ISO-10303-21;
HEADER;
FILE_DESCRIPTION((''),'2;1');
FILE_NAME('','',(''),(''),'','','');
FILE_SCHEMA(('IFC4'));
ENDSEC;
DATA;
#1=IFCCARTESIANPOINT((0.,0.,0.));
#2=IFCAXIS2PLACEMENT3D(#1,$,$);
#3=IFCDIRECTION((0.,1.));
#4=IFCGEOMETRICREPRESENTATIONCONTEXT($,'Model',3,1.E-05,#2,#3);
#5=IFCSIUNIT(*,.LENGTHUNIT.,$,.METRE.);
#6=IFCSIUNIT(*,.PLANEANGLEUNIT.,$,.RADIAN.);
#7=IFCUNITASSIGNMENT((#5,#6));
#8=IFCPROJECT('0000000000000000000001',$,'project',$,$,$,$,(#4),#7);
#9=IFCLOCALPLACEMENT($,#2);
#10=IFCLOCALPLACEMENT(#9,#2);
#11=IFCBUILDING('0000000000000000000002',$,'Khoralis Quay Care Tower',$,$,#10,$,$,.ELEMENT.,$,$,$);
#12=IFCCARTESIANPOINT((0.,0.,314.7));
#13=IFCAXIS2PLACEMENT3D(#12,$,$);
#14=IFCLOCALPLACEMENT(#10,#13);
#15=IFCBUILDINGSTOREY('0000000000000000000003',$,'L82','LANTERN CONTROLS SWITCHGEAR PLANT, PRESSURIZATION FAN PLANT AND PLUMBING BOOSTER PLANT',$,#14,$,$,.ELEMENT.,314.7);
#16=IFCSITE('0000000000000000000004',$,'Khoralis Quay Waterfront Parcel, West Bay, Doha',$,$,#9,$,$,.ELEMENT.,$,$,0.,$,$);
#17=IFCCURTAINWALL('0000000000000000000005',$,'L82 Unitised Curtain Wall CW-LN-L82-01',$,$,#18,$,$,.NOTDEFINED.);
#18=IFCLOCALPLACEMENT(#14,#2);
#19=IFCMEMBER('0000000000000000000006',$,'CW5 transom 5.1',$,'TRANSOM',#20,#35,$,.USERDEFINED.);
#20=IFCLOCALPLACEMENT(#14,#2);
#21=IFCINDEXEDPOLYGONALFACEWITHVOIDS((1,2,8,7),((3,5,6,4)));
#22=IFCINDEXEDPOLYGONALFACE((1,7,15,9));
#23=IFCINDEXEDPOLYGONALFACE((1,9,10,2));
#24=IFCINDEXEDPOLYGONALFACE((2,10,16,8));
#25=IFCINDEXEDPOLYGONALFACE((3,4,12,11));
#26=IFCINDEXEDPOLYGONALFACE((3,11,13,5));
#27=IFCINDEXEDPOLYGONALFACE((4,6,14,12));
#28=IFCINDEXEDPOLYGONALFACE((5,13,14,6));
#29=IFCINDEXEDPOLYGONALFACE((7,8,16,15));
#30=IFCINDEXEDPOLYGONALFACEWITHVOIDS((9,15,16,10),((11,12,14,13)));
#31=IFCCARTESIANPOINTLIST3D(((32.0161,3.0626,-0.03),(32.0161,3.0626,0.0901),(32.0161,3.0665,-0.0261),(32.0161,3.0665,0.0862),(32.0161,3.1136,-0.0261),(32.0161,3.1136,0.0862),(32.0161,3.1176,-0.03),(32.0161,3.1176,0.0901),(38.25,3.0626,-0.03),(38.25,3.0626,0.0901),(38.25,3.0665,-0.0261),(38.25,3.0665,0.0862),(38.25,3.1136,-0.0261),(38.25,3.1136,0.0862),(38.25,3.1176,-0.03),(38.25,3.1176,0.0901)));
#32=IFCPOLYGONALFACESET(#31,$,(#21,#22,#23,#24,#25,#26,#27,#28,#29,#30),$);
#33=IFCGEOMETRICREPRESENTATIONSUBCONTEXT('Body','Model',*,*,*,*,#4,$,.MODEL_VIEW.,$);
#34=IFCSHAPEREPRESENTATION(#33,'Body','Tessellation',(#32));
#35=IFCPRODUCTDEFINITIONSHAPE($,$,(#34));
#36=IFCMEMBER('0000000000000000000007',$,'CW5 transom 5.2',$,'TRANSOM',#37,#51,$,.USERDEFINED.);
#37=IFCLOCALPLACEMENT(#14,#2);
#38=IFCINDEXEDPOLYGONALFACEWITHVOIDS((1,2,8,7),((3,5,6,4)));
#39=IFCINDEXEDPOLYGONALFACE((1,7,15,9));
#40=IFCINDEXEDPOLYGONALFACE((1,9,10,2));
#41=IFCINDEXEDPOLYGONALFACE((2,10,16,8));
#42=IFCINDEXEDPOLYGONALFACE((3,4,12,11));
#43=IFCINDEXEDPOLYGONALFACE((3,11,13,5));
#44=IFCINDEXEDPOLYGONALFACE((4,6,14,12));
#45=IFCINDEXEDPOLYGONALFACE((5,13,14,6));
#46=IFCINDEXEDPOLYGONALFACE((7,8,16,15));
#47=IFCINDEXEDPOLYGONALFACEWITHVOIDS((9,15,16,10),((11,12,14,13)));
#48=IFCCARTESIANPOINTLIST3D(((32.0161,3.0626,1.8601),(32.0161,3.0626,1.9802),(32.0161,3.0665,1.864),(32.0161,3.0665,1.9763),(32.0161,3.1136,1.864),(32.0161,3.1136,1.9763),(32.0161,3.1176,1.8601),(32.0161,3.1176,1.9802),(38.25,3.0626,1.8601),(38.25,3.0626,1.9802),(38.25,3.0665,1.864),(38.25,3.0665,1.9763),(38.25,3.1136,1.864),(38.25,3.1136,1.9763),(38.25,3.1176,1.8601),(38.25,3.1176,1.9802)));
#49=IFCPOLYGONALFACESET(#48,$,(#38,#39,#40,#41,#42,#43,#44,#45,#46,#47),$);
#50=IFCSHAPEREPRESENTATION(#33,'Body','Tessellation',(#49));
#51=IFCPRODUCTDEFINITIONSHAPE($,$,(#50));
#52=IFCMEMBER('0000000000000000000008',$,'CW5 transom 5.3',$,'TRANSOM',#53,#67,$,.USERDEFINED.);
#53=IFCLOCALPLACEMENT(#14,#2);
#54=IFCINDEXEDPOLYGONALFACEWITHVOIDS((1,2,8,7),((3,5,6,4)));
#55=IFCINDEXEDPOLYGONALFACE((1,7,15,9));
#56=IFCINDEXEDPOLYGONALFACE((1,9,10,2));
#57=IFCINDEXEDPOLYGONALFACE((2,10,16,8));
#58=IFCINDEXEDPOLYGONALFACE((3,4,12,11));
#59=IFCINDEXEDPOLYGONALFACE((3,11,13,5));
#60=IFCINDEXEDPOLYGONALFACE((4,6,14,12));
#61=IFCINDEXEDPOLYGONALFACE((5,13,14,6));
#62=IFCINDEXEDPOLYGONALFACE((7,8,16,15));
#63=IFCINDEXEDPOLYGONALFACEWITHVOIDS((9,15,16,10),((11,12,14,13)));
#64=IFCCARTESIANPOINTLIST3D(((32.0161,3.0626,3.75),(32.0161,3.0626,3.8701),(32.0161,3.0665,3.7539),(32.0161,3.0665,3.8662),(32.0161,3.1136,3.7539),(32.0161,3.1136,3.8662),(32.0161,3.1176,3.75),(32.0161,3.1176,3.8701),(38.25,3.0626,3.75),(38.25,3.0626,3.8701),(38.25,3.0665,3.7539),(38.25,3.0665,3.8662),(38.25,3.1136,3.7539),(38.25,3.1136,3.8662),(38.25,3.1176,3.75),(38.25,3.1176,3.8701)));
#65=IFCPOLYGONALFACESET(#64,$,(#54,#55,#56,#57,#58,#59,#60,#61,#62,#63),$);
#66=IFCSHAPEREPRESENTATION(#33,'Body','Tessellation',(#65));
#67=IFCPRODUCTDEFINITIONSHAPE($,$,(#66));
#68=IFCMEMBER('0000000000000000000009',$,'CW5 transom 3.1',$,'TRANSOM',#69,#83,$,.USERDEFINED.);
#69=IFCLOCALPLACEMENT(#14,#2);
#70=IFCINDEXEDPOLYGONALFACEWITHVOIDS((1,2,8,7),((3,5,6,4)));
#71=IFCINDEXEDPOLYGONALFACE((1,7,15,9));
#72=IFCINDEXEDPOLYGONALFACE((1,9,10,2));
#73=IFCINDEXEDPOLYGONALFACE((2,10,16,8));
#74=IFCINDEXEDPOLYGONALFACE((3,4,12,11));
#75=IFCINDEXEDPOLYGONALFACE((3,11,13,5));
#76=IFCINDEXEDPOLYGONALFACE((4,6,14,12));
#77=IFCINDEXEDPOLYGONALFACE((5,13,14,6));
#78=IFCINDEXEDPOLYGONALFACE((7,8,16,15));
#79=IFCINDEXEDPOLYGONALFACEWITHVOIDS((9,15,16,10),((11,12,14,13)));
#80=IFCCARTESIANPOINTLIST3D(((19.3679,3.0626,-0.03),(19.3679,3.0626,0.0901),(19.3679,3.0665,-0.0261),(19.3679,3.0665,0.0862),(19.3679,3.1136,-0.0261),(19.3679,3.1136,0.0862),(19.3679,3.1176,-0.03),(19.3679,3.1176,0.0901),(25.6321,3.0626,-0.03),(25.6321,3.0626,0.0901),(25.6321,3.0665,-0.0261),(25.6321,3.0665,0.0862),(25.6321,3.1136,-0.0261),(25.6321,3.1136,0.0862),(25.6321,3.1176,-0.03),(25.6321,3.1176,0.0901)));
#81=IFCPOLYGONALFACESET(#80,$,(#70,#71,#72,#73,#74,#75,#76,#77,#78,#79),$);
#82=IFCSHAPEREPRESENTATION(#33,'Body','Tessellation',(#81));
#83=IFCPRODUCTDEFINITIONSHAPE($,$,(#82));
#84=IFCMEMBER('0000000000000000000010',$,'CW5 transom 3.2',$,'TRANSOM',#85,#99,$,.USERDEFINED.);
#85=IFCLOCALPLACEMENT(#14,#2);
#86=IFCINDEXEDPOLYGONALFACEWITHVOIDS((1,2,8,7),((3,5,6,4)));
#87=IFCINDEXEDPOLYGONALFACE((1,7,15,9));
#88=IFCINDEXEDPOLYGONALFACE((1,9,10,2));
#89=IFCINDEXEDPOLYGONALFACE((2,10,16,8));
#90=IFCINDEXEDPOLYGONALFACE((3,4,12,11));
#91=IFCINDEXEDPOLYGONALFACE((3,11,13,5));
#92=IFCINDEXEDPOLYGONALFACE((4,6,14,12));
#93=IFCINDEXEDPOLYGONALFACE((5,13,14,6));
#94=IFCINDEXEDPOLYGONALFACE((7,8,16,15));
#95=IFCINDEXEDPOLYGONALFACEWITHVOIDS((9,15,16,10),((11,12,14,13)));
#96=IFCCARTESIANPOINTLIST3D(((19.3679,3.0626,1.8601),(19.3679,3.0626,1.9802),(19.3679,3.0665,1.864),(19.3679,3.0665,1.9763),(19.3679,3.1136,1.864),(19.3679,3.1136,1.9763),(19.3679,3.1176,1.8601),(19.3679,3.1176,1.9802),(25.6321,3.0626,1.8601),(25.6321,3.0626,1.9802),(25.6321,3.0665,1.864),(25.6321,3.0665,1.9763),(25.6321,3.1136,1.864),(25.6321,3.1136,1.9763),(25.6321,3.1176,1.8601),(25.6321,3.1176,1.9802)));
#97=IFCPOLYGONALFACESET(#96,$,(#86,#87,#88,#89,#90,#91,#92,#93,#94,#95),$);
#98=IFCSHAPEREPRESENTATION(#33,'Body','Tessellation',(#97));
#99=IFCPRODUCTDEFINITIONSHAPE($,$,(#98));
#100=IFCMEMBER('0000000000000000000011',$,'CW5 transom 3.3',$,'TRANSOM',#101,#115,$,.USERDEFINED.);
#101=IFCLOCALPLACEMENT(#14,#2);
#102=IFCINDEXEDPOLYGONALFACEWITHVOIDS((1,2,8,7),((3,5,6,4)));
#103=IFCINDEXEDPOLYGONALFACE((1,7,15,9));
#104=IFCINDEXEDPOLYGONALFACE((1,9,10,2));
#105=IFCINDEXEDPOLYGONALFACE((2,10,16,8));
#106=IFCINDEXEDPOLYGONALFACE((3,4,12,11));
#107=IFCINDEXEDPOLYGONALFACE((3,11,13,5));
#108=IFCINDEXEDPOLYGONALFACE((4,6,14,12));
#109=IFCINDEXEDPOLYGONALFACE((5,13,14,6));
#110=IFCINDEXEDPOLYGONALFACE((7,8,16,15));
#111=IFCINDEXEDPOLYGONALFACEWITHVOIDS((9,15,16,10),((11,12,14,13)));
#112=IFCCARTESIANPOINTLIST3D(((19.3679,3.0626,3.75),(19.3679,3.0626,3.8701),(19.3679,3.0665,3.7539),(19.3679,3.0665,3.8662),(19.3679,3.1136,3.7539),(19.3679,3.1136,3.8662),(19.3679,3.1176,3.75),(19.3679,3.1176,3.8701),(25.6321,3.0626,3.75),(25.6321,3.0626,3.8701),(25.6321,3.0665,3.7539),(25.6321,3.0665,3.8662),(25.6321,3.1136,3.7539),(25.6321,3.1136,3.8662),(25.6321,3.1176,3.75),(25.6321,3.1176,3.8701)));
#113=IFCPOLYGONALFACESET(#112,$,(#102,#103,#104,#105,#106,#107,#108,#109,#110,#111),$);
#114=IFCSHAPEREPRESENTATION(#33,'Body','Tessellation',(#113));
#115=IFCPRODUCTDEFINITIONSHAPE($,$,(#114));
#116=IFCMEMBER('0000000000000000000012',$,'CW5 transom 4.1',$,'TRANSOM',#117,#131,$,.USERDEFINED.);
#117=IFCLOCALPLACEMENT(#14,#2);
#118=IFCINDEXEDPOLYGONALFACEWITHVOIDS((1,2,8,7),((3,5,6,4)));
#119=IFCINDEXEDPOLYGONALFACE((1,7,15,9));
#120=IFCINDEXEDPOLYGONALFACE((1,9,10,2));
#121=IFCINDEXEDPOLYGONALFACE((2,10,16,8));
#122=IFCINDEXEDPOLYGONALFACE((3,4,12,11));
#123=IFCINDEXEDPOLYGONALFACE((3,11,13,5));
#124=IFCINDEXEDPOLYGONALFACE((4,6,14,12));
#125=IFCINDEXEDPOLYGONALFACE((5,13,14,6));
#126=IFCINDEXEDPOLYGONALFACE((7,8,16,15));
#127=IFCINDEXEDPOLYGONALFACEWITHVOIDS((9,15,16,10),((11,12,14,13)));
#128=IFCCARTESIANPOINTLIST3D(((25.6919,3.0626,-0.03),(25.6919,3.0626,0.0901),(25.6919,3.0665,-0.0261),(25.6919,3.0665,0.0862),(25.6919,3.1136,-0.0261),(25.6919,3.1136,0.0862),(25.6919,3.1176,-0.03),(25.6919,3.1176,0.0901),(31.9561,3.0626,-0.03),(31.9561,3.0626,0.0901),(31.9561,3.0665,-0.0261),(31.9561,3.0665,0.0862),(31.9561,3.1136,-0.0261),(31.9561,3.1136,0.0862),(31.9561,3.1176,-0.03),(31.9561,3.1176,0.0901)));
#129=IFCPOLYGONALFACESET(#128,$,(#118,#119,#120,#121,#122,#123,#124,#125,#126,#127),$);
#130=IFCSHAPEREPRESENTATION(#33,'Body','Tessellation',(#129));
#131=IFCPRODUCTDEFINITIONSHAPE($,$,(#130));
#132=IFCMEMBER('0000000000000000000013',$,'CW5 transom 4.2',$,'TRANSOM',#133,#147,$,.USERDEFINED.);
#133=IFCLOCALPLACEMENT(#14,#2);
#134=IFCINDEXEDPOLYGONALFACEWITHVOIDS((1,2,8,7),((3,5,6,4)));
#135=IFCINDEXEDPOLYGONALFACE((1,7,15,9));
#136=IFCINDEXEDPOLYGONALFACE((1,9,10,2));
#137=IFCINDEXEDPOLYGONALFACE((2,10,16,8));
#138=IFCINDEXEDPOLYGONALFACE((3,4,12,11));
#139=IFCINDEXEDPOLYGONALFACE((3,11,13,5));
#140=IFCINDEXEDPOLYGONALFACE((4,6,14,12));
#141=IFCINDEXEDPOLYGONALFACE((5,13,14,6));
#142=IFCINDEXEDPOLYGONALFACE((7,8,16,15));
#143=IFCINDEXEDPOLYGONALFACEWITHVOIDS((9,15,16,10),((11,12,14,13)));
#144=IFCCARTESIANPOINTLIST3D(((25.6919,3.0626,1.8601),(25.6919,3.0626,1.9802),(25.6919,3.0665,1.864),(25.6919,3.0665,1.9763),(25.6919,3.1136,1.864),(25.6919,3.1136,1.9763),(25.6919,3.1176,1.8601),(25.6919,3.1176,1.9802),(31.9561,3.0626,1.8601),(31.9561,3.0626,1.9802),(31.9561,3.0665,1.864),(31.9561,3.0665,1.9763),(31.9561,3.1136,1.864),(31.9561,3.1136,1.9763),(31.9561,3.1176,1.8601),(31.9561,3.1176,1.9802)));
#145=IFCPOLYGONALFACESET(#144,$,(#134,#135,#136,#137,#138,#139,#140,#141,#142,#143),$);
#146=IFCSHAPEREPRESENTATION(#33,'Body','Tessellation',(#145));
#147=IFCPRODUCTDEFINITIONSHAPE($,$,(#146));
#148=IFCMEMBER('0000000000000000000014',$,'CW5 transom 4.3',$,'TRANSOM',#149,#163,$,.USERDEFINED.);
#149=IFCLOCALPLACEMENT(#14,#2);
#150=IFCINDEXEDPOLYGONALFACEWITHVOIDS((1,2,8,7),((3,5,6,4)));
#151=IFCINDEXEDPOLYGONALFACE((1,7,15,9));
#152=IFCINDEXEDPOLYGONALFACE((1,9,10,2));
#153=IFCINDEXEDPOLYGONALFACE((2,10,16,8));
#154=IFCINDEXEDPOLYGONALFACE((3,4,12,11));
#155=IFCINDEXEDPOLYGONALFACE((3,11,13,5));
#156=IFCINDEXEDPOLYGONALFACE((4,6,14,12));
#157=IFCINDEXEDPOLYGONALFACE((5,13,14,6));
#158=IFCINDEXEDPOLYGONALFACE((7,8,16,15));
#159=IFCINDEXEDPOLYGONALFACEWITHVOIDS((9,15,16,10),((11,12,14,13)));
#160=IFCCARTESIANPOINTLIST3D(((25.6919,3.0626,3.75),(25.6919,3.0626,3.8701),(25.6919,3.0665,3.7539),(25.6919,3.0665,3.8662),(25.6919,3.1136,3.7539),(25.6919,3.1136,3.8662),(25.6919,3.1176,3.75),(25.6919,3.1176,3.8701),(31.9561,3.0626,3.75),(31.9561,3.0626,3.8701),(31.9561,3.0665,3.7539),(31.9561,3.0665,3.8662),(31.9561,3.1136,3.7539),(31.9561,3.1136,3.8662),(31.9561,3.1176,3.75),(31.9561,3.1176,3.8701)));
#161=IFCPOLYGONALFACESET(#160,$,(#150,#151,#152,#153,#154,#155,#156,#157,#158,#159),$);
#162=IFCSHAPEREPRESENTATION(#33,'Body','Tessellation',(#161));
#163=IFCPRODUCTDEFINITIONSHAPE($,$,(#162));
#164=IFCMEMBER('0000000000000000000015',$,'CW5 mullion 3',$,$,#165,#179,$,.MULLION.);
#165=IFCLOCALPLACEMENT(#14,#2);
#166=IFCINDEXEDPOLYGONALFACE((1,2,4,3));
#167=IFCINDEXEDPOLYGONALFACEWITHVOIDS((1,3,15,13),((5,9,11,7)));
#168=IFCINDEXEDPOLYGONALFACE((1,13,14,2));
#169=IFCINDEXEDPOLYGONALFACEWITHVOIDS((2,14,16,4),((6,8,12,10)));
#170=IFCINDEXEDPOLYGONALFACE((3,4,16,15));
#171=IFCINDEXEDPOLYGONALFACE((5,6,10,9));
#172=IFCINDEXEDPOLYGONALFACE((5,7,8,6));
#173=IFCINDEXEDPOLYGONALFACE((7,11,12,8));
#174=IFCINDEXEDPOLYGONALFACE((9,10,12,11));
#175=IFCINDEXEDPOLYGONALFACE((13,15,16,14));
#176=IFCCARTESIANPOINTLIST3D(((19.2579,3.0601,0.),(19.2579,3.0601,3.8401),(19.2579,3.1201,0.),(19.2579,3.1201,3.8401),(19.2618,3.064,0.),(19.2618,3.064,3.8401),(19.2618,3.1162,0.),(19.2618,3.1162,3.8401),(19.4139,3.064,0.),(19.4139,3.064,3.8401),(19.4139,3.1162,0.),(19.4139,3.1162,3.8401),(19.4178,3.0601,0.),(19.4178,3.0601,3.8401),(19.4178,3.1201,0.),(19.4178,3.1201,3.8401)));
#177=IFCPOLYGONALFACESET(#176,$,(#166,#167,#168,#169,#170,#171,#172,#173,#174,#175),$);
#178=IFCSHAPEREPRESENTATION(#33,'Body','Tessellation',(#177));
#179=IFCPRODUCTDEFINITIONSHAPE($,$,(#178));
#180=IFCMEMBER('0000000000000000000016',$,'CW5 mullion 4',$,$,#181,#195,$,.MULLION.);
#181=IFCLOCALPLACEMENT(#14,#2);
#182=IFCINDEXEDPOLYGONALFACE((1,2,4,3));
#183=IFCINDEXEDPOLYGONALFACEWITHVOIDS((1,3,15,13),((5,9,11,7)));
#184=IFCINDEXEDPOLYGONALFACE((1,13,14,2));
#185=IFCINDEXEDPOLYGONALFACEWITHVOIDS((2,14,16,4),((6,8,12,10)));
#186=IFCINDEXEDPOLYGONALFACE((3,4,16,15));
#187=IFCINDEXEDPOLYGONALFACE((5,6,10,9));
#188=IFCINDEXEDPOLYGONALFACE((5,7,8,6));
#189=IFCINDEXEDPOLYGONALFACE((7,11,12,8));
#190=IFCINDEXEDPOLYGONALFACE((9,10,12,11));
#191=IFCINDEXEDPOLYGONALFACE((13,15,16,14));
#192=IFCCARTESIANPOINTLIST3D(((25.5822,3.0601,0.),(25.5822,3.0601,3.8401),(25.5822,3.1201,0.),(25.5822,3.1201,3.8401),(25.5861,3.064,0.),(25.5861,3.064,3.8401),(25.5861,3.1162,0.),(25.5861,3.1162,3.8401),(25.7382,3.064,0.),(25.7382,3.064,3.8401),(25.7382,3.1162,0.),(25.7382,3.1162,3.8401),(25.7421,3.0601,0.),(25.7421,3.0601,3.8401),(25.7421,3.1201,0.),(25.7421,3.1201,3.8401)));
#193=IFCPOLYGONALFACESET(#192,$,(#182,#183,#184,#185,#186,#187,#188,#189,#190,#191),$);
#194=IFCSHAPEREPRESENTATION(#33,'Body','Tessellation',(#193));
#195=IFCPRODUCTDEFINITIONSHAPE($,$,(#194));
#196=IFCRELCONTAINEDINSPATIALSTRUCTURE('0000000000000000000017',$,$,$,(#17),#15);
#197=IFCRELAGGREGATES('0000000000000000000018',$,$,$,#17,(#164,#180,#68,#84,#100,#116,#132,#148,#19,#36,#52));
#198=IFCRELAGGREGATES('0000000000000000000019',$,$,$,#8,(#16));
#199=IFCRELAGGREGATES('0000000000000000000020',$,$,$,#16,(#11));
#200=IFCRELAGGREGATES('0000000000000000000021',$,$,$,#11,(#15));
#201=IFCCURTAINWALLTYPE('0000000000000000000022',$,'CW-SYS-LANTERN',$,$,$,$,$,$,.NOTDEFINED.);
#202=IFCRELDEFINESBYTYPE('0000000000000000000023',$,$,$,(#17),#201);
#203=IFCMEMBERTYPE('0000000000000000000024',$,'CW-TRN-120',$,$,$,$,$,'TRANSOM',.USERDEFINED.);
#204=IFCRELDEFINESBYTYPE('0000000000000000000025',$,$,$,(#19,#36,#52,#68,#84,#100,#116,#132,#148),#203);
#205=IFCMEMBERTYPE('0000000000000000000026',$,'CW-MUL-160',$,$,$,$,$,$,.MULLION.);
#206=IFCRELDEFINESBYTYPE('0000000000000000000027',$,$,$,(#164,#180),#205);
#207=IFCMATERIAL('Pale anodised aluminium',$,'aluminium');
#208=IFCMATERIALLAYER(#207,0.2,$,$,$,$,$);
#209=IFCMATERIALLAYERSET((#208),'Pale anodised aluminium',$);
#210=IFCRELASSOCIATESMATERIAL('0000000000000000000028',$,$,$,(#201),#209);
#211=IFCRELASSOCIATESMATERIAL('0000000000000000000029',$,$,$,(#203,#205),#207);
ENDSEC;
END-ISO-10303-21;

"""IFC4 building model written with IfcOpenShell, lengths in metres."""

from ifc_helpers import new_model, si_unit, direction, frame, origin, origin_2d, place, context, subcontext, project, spatial, hollow_rectangle, extrude, source, transform, mapped, material, layer, layer_set, material_profile, profile_set, type_object, element, aggregate, save


model = new_model("IFC4")

# Units and contexts
model_context = context("Model", 3, precision=1e-05, world=origin(), true_north=direction((0.0, 1.0)))
body_context = subcontext(model_context, "Body", "Model", "MODEL_VIEW")
ifc_project = project(units=[si_unit("LENGTHUNIT", "METRE"), si_unit("PLANEANGLEUNIT", "RADIAN")], contexts=[model_context])

# Site, building, storey
site_placement = place(None, origin())
site = spatial("IfcSite", under=ifc_project, at=site_placement, Name="Khoralis Quay Waterfront Parcel, West Bay, Doha", CompositionType="ELEMENT", RefElevation=0.0)
building_placement = place(site_placement, origin())
building = spatial("IfcBuilding", under=site, at=building_placement, Name="Khoralis Quay Care Tower", CompositionType="ELEMENT")
storey_placement = place(building_placement, frame((0.0, 0.0, 314.7)))
storey = spatial("IfcBuildingStorey", under=building, at=storey_placement, Name="L82", Description="LANTERN CONTROLS SWITCHGEAR PLANT, PRESSURIZATION FAN PLANT AND PLUMBING BOOSTER PLANT", CompositionType="ELEMENT", Elevation=314.7)

# Curtain wall, members
ifc_material_1 = material(Name="Pale anodised aluminium", Category="aluminium")
ifc_layer_1 = layer(ifc_material_1, 0.2)
ifc_layer_set_1 = layer_set([ifc_layer_1], Name="Pale anodised aluminium")
curtain_wall_type = type_object("IfcCurtainWallType", Name="CW-SYS-LANTERN", PredefinedType="NOTDEFINED", material=ifc_layer_set_1)
curtain_wall_placement = place(storey_placement, origin())
curtain_wall = element("IfcCurtainWall", 1, at=curtain_wall_placement, inside=storey, type_object=curtain_wall_type, Name="L82 Unitised Curtain Wall CW-LN-L82-01", PredefinedType="NOTDEFINED")
ifc_material_profile_1 = material_profile(ifc_material_1, hollow_rectangle(XDim=0.0549, YDim=0.1201, WallThickness=0.0039, at=origin_2d()), Name="Pale anodised aluminium")
ifc_profile_set_1 = profile_set([ifc_material_profile_1], Name="Pale anodised aluminium")
member_type_1 = type_object("IfcMemberType", Name="CW-TRN-120", ElementType="TRANSOM", PredefinedType="USERDEFINED", material=ifc_profile_set_1)
shared_shape_1 = source(origin(), body_context, "Body", "SweptSolid", [
    extrude(hollow_rectangle(XDim=0.0549, YDim=0.1201, WallThickness=0.0039, at=origin_2d()), origin(), (0.0, 0.0, 1.0), 6.2339),
])
member_1_placement = place(storey_placement, frame((32.0161, 3.0901, 0.03), z_axis=(1.0, 0.0, 0.0), x_axis=(0.0, 1.0, 0.0)))
member_1 = element("IfcMember", 2, at=member_1_placement, type_object=member_type_1, Name="CW5 transom 5.1", ObjectType="TRANSOM", PredefinedType="USERDEFINED", context=body_context, shape_type="MappedRepresentation", body=[
    mapped(shared_shape_1, transform((0.0, 0.0, 0.0), scale=1.0)),
])
member_2_placement = place(storey_placement, frame((32.0161, 3.0901, 1.9202), z_axis=(1.0, 0.0, 0.0), x_axis=(0.0, 1.0, 0.0)))
member_2 = element("IfcMember", 3, at=member_2_placement, type_object=member_type_1, Name="CW5 transom 5.2", ObjectType="TRANSOM", PredefinedType="USERDEFINED", context=body_context, shape_type="MappedRepresentation", body=[
    mapped(shared_shape_1, transform((0.0, 0.0, 0.0), scale=1.0)),
])
member_3_placement = place(storey_placement, frame((32.0161, 3.0901, 3.8101), z_axis=(1.0, 0.0, 0.0), x_axis=(0.0, 1.0, 0.0)))
member_3 = element("IfcMember", 4, at=member_3_placement, type_object=member_type_1, Name="CW5 transom 5.3", ObjectType="TRANSOM", PredefinedType="USERDEFINED", context=body_context, shape_type="MappedRepresentation", body=[
    mapped(shared_shape_1, transform((0.0, 0.0, 0.0), scale=1.0)),
])
shared_shape_2 = source(origin(), body_context, "Body", "SweptSolid", [
    extrude(hollow_rectangle(XDim=0.0549, YDim=0.1201, WallThickness=0.0039, at=origin_2d()), origin(), (0.0, 0.0, 1.0), 6.2642),
])
member_4_placement = place(storey_placement, frame((19.3679, 3.0901, 0.03), z_axis=(1.0, 0.0, 0.0), x_axis=(0.0, 1.0, 0.0)))
member_4 = element("IfcMember", 5, at=member_4_placement, type_object=member_type_1, Name="CW5 transom 3.1", ObjectType="TRANSOM", PredefinedType="USERDEFINED", context=body_context, shape_type="MappedRepresentation", body=[
    mapped(shared_shape_2, transform((0.0, 0.0, 0.0), scale=1.0)),
])
member_5_placement = place(storey_placement, frame((19.3679, 3.0901, 1.9202), z_axis=(1.0, 0.0, 0.0), x_axis=(0.0, 1.0, 0.0)))
member_5 = element("IfcMember", 6, at=member_5_placement, type_object=member_type_1, Name="CW5 transom 3.2", ObjectType="TRANSOM", PredefinedType="USERDEFINED", context=body_context, shape_type="MappedRepresentation", body=[
    mapped(shared_shape_2, transform((0.0, 0.0, 0.0), scale=1.0)),
])
member_6_placement = place(storey_placement, frame((19.3679, 3.0901, 3.8101), z_axis=(1.0, 0.0, 0.0), x_axis=(0.0, 1.0, 0.0)))
member_6 = element("IfcMember", 7, at=member_6_placement, type_object=member_type_1, Name="CW5 transom 3.3", ObjectType="TRANSOM", PredefinedType="USERDEFINED", context=body_context, shape_type="MappedRepresentation", body=[
    mapped(shared_shape_2, transform((0.0, 0.0, 0.0), scale=1.0)),
])
member_7_placement = place(storey_placement, frame((25.6919, 3.0901, 0.03), z_axis=(1.0, 0.0, 0.0), x_axis=(0.0, 1.0, 0.0)))
member_7 = element("IfcMember", 8, at=member_7_placement, type_object=member_type_1, Name="CW5 transom 4.1", ObjectType="TRANSOM", PredefinedType="USERDEFINED", context=body_context, shape_type="MappedRepresentation", body=[
    mapped(shared_shape_2, transform((0.0, 0.0, 0.0), scale=1.0)),
])
member_8_placement = place(storey_placement, frame((25.6919, 3.0901, 1.9202), z_axis=(1.0, 0.0, 0.0), x_axis=(0.0, 1.0, 0.0)))
member_8 = element("IfcMember", 9, at=member_8_placement, type_object=member_type_1, Name="CW5 transom 4.2", ObjectType="TRANSOM", PredefinedType="USERDEFINED", context=body_context, shape_type="MappedRepresentation", body=[
    mapped(shared_shape_2, transform((0.0, 0.0, 0.0), scale=1.0)),
])
member_9_placement = place(storey_placement, frame((25.6919, 3.0901, 3.8101), z_axis=(1.0, 0.0, 0.0), x_axis=(0.0, 1.0, 0.0)))
member_9 = element("IfcMember", 10, at=member_9_placement, type_object=member_type_1, Name="CW5 transom 4.3", ObjectType="TRANSOM", PredefinedType="USERDEFINED", context=body_context, shape_type="MappedRepresentation", body=[
    mapped(shared_shape_2, transform((0.0, 0.0, 0.0), scale=1.0)),
])
ifc_material_profile_2 = material_profile(ifc_material_1, hollow_rectangle(XDim=0.0601, YDim=0.1599, WallThickness=0.0039, at=origin_2d()), Name="Pale anodised aluminium")
ifc_profile_set_2 = profile_set([ifc_material_profile_2], Name="Pale anodised aluminium")
member_type_2 = type_object("IfcMemberType", Name="CW-MUL-160", PredefinedType="MULLION", material=ifc_profile_set_2)
shared_shape_3 = source(origin(), body_context, "Body", "SweptSolid", [
    extrude(hollow_rectangle(XDim=0.0601, YDim=0.1599, WallThickness=0.0039, at=origin_2d()), origin(), (0.0, 0.0, 1.0), 3.8401),
])
member_10_placement = place(storey_placement, frame((19.3379, 3.0901, 0.0), z_axis=(0.0, 0.0, 1.0), x_axis=(0.0, 1.0, 0.0)))
member_10 = element("IfcMember", 11, at=member_10_placement, type_object=member_type_2, Name="CW5 mullion 3", PredefinedType="MULLION", context=body_context, shape_type="MappedRepresentation", body=[
    mapped(shared_shape_3, transform((0.0, 0.0, 0.0), scale=1.0)),
])
member_11_placement = place(storey_placement, frame((25.6621, 3.0901, 0.0), z_axis=(0.0, 0.0, 1.0), x_axis=(0.0, 1.0, 0.0)))
member_11 = element("IfcMember", 12, at=member_11_placement, type_object=member_type_2, Name="CW5 mullion 4", PredefinedType="MULLION", context=body_context, shape_type="MappedRepresentation", body=[
    mapped(shared_shape_3, transform((0.0, 0.0, 0.0), scale=1.0)),
])
aggregate(curtain_wall, [member_10, member_11, member_4, member_5, member_6, member_7, member_8, member_9, member_1, member_2, member_3])

save(model, "model.ifc")
